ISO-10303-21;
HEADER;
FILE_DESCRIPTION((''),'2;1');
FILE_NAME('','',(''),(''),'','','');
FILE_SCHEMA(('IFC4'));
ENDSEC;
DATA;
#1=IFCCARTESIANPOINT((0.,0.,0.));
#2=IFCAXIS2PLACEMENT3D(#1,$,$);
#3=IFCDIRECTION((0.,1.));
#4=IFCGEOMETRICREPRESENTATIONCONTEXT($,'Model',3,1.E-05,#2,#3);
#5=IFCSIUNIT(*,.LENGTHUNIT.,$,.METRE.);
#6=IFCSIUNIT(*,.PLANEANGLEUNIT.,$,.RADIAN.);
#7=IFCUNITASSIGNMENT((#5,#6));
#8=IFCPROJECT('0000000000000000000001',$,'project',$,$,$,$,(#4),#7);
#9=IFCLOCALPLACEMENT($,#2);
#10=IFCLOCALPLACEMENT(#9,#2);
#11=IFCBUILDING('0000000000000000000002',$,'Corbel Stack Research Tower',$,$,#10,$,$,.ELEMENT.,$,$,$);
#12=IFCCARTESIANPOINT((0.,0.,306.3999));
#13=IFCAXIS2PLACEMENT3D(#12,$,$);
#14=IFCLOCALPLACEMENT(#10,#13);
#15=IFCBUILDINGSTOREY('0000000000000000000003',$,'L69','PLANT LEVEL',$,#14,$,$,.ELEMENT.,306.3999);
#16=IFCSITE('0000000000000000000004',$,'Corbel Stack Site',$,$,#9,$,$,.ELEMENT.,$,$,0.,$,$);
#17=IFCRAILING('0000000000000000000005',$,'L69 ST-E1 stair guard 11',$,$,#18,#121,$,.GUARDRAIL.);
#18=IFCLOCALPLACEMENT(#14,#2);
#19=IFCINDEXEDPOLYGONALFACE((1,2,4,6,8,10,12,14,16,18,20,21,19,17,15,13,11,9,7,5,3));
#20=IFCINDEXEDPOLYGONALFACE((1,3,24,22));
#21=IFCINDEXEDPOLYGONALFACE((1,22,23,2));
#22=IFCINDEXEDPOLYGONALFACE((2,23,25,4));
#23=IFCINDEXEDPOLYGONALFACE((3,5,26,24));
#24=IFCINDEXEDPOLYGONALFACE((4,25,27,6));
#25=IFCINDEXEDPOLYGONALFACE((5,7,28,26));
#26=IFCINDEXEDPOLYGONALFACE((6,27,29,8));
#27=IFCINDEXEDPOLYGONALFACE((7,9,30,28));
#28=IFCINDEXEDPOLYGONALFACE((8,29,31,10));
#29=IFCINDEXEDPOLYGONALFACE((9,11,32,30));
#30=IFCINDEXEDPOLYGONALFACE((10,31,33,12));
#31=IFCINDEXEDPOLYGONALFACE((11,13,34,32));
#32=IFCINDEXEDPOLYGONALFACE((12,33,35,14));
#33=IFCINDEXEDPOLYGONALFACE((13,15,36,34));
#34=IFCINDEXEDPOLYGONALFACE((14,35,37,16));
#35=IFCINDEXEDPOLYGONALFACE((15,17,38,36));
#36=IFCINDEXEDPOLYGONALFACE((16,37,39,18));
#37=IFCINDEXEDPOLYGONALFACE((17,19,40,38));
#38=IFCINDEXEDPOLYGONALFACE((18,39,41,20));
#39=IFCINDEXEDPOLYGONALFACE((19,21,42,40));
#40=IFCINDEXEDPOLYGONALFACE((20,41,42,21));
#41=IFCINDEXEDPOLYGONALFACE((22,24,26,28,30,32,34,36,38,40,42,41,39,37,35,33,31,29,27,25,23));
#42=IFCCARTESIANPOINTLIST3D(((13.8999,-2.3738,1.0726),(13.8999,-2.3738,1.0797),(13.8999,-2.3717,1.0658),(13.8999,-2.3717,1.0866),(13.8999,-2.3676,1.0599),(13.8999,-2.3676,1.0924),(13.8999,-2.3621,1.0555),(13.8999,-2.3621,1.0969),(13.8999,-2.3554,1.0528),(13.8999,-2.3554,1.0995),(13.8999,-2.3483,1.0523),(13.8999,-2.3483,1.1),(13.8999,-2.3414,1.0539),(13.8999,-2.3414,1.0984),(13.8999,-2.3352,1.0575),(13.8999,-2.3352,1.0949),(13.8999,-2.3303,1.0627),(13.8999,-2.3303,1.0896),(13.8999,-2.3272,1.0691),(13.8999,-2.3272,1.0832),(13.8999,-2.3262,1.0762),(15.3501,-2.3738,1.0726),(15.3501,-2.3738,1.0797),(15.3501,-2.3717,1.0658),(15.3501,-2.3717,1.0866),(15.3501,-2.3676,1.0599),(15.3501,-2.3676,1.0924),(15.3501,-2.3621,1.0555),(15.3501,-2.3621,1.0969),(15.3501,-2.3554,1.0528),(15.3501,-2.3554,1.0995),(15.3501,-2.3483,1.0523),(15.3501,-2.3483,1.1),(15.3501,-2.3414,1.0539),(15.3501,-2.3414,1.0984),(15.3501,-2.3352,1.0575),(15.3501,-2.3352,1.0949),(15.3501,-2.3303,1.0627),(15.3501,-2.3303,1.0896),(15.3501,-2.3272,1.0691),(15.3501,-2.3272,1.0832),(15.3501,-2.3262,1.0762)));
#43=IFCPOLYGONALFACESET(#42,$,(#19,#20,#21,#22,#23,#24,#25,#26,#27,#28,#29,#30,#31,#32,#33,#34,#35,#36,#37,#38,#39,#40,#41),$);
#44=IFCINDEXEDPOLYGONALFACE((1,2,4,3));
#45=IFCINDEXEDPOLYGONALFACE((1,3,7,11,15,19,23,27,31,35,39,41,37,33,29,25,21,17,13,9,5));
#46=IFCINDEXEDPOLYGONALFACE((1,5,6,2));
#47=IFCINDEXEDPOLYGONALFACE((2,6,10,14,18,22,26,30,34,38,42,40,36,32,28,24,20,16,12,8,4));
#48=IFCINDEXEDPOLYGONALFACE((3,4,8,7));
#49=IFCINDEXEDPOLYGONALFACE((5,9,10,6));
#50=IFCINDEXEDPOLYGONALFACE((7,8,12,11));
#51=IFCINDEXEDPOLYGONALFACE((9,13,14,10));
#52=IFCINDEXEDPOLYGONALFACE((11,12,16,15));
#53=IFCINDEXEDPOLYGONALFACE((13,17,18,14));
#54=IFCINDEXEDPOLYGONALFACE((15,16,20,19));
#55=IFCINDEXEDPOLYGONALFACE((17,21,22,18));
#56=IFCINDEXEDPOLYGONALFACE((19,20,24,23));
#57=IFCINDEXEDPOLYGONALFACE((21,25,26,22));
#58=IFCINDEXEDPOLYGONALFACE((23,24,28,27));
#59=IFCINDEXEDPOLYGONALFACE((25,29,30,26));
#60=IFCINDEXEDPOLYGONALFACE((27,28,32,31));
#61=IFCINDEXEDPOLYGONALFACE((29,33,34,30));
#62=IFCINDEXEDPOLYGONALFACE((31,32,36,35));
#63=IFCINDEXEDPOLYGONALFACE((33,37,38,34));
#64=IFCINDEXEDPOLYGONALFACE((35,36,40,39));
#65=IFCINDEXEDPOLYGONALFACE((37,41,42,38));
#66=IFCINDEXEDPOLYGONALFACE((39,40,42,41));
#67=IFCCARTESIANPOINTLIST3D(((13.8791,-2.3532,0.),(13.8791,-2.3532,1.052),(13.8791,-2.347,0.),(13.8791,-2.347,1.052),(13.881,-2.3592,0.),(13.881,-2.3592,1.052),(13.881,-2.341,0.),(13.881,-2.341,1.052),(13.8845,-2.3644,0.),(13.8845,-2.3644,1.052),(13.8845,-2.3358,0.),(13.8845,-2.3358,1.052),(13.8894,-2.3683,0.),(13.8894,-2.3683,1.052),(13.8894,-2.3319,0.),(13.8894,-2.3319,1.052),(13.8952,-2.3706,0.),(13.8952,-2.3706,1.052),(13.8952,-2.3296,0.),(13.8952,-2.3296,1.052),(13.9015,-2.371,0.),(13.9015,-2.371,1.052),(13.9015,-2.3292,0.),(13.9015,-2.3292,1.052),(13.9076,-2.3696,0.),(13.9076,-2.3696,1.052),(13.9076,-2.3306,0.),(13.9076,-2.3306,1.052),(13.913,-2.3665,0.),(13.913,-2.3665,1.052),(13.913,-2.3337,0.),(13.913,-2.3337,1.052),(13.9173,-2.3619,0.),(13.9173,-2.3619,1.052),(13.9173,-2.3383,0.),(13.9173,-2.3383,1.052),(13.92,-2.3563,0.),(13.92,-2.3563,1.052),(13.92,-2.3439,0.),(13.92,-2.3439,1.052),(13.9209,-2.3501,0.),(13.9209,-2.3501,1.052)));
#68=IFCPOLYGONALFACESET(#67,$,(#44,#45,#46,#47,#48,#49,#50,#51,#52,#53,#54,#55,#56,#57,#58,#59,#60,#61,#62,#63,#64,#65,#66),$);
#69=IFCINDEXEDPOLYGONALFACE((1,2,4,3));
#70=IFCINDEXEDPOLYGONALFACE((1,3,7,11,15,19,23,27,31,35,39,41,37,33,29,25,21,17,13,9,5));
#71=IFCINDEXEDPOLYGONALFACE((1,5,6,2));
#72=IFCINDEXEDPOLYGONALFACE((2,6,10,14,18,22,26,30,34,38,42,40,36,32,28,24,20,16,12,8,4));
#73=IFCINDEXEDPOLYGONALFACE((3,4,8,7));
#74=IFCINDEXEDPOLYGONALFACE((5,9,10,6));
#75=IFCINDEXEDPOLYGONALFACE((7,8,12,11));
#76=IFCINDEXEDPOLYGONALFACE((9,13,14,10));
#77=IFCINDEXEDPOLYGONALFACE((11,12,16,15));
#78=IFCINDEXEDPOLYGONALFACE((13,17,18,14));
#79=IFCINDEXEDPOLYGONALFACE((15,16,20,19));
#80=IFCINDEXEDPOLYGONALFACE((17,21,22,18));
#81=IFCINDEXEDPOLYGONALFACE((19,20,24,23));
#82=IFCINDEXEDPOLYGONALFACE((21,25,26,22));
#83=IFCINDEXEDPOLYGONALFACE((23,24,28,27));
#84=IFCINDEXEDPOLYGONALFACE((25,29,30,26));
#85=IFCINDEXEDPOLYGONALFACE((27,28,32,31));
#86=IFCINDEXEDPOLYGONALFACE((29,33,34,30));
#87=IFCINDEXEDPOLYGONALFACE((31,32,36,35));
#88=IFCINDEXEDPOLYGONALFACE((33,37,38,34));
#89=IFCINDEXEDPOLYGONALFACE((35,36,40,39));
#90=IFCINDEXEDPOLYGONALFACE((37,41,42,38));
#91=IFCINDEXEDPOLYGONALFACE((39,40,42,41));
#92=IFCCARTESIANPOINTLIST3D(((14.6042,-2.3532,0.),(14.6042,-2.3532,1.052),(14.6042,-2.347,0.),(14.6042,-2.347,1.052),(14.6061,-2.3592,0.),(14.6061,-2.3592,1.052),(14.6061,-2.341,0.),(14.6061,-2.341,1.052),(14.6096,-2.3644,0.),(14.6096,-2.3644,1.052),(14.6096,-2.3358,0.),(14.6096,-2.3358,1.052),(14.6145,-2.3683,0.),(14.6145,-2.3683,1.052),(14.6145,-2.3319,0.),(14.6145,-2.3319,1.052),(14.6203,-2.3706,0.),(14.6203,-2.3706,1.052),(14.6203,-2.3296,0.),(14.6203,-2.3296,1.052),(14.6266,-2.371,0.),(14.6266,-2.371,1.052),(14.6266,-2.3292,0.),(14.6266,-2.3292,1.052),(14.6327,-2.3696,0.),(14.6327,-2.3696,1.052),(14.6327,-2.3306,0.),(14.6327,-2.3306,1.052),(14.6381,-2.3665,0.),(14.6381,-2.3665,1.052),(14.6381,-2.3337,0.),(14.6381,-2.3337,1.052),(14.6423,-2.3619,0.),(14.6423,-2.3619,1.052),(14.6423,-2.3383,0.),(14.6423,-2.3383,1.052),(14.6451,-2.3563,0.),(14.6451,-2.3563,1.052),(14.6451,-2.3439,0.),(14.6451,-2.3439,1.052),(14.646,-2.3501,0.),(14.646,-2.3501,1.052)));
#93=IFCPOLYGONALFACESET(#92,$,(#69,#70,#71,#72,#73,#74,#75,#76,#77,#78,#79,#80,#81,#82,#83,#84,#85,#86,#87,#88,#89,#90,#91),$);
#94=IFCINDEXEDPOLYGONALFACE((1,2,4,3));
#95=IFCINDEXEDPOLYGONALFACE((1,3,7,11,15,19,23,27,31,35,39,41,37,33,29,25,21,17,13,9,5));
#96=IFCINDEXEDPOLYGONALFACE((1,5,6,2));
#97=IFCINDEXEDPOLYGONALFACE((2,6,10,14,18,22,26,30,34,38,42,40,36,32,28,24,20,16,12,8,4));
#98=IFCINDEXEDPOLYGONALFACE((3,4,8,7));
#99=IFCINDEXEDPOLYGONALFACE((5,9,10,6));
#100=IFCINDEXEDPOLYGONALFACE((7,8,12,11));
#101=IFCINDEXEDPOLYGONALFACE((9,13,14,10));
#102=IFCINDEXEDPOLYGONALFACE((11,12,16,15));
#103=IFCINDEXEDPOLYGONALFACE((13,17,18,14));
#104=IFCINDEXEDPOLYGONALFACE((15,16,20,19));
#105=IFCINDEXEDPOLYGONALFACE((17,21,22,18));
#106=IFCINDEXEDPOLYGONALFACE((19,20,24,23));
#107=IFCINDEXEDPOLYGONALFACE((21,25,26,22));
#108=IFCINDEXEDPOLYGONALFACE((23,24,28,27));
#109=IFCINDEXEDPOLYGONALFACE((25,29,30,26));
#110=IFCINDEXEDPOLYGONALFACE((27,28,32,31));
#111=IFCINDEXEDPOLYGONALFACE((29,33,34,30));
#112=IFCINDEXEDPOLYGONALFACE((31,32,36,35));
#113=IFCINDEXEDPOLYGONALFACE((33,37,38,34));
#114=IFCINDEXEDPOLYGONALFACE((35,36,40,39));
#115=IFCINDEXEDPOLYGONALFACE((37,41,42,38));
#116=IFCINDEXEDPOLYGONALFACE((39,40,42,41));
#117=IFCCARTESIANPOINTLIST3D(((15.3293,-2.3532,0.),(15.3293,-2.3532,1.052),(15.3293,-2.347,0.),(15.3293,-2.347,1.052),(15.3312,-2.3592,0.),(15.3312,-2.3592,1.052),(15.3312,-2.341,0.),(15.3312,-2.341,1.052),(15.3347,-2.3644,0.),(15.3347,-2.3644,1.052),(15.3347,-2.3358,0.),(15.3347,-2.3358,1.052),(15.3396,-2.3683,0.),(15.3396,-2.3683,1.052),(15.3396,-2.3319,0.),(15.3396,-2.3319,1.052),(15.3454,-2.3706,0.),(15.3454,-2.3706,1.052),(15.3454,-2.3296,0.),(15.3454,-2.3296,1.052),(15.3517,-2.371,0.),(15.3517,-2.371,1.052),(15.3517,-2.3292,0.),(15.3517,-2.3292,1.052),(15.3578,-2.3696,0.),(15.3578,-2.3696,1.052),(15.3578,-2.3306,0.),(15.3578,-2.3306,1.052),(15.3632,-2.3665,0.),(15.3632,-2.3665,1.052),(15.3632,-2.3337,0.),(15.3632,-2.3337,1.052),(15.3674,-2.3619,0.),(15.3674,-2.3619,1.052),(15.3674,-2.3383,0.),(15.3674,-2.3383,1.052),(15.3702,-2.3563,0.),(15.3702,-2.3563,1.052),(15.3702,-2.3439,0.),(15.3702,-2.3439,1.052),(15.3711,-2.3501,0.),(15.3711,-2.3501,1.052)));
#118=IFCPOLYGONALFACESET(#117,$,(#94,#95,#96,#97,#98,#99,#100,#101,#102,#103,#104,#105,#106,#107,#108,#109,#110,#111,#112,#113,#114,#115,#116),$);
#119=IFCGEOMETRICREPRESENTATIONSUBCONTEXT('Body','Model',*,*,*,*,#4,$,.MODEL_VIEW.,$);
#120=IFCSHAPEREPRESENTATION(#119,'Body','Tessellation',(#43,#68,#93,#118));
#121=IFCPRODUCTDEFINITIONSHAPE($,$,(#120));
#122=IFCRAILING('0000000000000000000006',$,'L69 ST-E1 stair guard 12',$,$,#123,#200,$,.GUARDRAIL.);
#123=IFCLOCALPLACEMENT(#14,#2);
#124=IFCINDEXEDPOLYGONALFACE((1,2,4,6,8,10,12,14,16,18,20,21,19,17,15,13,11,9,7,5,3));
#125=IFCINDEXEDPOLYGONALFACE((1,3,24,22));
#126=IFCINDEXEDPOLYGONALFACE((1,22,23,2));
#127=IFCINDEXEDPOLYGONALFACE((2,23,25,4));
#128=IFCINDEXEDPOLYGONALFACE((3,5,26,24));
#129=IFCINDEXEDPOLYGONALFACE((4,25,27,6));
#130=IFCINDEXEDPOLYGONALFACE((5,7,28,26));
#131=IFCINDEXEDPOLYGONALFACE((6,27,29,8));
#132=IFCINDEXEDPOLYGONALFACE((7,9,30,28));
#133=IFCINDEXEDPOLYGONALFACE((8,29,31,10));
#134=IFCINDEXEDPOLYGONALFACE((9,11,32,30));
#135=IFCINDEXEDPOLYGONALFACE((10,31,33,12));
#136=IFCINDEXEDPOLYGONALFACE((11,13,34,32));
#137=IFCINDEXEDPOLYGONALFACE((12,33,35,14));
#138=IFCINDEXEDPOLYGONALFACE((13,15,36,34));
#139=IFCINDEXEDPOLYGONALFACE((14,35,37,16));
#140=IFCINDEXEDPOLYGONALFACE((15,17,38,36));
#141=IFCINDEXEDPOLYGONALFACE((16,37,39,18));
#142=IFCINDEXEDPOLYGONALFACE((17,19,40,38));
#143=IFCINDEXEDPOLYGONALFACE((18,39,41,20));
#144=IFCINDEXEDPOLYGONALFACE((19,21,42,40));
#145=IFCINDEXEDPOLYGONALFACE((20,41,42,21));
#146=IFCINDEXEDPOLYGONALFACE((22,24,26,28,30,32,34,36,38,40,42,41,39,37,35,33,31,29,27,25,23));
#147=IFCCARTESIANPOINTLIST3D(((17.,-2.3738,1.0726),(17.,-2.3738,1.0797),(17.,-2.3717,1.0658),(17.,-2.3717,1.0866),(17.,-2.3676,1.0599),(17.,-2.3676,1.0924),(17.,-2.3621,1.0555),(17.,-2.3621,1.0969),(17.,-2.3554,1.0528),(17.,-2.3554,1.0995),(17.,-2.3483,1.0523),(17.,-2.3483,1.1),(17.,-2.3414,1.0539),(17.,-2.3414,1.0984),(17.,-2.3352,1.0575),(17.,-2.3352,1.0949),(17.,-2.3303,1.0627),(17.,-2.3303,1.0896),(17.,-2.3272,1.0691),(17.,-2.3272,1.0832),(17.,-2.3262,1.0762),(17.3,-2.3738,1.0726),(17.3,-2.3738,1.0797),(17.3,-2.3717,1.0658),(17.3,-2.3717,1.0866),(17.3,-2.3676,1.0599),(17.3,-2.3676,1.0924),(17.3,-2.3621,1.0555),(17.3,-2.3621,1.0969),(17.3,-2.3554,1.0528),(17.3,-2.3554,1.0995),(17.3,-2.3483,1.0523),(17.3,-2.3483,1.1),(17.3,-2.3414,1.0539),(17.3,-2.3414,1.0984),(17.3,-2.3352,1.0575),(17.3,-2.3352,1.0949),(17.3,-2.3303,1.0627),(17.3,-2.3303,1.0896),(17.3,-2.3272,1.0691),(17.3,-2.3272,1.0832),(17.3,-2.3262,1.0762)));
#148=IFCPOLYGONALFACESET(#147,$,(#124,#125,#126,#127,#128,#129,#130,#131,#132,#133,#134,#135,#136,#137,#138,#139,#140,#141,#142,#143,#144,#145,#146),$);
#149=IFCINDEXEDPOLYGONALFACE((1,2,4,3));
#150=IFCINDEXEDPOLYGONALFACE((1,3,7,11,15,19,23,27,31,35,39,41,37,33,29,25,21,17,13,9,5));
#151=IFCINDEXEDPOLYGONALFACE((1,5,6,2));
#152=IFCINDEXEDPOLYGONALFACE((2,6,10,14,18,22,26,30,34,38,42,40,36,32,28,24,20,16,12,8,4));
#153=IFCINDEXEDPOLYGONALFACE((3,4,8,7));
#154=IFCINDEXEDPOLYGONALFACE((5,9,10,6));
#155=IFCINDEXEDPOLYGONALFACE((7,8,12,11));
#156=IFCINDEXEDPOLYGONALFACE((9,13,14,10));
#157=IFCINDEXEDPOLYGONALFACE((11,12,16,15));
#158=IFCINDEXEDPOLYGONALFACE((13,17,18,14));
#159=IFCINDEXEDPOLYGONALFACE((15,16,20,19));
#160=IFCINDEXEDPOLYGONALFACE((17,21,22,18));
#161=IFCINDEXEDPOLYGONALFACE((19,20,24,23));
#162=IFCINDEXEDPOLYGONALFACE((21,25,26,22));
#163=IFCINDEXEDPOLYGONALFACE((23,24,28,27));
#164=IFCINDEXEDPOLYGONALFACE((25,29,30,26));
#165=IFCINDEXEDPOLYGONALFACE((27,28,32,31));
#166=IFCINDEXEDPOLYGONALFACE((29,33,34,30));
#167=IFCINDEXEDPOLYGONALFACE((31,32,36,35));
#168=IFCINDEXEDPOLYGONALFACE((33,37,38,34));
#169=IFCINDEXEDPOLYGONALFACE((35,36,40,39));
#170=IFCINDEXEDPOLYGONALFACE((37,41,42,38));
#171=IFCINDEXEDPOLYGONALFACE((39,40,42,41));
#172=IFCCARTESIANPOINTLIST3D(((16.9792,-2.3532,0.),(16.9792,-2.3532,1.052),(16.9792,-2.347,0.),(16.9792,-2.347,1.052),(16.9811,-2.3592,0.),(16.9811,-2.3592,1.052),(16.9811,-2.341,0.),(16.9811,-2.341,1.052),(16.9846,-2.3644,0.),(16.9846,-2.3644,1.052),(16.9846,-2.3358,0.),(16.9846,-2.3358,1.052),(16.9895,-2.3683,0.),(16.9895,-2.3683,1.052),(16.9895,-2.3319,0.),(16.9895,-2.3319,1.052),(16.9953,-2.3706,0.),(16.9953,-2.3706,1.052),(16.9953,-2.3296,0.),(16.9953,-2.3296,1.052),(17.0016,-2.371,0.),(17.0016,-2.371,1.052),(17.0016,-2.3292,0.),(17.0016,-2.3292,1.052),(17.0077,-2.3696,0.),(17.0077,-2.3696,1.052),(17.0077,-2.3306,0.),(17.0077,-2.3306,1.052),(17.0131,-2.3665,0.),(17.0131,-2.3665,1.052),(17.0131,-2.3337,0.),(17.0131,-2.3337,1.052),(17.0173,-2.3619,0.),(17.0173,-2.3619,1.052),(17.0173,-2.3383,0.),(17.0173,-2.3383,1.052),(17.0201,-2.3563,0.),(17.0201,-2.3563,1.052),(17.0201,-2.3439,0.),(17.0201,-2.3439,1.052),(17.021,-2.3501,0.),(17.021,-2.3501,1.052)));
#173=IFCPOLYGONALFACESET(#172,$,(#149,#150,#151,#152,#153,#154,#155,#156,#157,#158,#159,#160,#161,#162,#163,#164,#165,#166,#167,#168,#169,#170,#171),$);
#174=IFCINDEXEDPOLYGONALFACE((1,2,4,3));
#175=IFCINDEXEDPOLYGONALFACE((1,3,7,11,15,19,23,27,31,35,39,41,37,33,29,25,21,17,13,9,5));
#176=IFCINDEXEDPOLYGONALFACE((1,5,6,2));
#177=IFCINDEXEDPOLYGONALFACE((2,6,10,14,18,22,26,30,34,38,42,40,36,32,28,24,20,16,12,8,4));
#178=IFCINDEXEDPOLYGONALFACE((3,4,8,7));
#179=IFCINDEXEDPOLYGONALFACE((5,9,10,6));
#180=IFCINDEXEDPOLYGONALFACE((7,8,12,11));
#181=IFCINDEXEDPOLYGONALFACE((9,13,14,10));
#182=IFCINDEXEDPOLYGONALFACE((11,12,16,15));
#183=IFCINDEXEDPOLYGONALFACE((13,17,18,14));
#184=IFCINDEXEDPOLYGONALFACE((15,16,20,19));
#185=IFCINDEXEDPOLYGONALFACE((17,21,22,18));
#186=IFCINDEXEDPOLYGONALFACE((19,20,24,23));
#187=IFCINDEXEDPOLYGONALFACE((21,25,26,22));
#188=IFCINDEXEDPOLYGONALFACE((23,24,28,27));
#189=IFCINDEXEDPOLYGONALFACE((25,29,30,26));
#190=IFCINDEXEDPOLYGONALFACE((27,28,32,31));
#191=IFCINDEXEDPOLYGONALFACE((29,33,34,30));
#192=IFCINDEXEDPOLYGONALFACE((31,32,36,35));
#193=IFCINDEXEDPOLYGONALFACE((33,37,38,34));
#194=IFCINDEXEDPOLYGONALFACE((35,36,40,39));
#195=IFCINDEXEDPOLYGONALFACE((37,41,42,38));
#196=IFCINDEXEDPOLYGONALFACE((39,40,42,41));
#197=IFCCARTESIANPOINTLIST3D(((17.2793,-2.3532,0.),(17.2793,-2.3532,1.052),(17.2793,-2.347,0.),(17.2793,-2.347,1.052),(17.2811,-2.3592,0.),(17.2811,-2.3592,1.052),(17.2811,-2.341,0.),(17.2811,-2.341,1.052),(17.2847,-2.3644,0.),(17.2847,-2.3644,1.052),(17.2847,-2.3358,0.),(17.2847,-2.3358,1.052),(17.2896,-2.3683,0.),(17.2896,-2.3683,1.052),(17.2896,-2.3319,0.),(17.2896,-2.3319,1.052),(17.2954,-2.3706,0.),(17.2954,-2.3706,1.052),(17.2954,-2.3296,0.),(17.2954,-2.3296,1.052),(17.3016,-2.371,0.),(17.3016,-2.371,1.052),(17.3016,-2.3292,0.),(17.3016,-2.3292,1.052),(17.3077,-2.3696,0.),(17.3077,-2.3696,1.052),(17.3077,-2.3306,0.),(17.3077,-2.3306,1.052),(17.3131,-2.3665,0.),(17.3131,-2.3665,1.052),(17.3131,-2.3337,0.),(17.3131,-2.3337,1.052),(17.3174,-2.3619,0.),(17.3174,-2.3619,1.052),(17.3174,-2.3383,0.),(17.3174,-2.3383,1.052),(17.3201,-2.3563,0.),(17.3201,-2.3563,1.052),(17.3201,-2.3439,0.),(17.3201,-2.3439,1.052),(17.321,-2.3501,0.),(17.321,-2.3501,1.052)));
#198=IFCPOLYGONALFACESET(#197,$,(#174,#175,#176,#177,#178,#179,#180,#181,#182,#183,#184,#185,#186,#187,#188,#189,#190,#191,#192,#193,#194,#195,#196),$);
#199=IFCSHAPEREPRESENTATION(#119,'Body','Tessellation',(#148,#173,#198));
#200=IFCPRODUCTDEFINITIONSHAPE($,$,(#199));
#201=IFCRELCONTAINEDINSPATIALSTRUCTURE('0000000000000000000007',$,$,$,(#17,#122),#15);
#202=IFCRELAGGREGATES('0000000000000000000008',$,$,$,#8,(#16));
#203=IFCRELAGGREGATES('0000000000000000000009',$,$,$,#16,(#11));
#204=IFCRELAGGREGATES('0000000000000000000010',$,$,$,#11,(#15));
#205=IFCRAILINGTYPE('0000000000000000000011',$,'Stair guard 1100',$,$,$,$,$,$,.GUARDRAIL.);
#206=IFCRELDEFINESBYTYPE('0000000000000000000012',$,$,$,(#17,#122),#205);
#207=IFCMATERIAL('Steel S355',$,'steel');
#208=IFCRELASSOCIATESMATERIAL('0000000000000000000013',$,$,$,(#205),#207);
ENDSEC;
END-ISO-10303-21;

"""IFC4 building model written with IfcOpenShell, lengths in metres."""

from ifc_helpers import new_model, si_unit, direction, frame, origin, origin_2d, place, context, subcontext, project, spatial, circle, extrude, material, type_object, element, save


model = new_model("IFC4")

# Units and contexts
model_context = context("Model", 3, precision=1e-05, world=origin(), true_north=direction((0.0, 1.0)))
body_context = subcontext(model_context, "Body", "Model", "MODEL_VIEW")
ifc_project = project(units=[si_unit("LENGTHUNIT", "METRE"), si_unit("PLANEANGLEUNIT", "RADIAN")], contexts=[model_context])

# Site, building, storey
site_placement = place(None, origin())
site = spatial("IfcSite", under=ifc_project, at=site_placement, Name="Corbel Stack Site", CompositionType="ELEMENT", RefElevation=0.0)
building_placement = place(site_placement, origin())
building = spatial("IfcBuilding", under=site, at=building_placement, Name="Corbel Stack Research Tower", CompositionType="ELEMENT")
storey_placement = place(building_placement, frame((0.0, 0.0, 306.3999)))
storey = spatial("IfcBuildingStorey", under=building, at=storey_placement, Name="L69", Description="PLANT LEVEL", CompositionType="ELEMENT", Elevation=306.3999)

# Railings
ifc_material_1 = material(Name="Steel S355", Category="steel")
railing_type_1 = type_object("IfcRailingType", Name="Stair guard 1100", PredefinedType="GUARDRAIL", material=ifc_material_1)
railing_1_placement = place(storey_placement, frame((13.8999, -2.3501, 0.0)))
element("IfcRailing", 1, at=railing_1_placement, inside=storey, type_object=railing_type_1, Name="L69 ST-E1 stair guard 11", PredefinedType="GUARDRAIL", context=body_context, shape_type="SweptSolid", body=[
    extrude(circle(Radius=0.0239, at=origin_2d()), frame((0.0, 0.0, 1.0762), z_axis=(1.0, 0.0, 0.0), x_axis=(0.0, 1.0, 0.0)), (0.0, 0.0, 1.0), 1.4502),
    extrude(circle(Radius=0.021, at=origin_2d()), origin(), (0.0, 0.0, 1.0), 1.052),
    extrude(circle(Radius=0.021, at=origin_2d()), frame((0.7251, 0.0, 0.0)), (0.0, 0.0, 1.0), 1.052),
    extrude(circle(Radius=0.021, at=origin_2d()), frame((1.4502, 0.0, 0.0)), (0.0, 0.0, 1.0), 1.052),
])
railing_2_placement = place(storey_placement, frame((17.0, -2.3501, 0.0)))
element("IfcRailing", 2, at=railing_2_placement, inside=storey, type_object=railing_type_1, Name="L69 ST-E1 stair guard 12", PredefinedType="GUARDRAIL", context=body_context, shape_type="SweptSolid", body=[
    extrude(circle(Radius=0.0239, at=origin_2d()), frame((0.0, 0.0, 1.0762), z_axis=(1.0, 0.0, 0.0), x_axis=(0.0, 1.0, 0.0)), (0.0, 0.0, 1.0), 0.3),
    extrude(circle(Radius=0.021, at=origin_2d()), origin(), (0.0, 0.0, 1.0), 1.052),
    extrude(circle(Radius=0.021, at=origin_2d()), frame((0.3, 0.0, 0.0)), (0.0, 0.0, 1.0), 1.052),
])

save(model, "model.ifc")
